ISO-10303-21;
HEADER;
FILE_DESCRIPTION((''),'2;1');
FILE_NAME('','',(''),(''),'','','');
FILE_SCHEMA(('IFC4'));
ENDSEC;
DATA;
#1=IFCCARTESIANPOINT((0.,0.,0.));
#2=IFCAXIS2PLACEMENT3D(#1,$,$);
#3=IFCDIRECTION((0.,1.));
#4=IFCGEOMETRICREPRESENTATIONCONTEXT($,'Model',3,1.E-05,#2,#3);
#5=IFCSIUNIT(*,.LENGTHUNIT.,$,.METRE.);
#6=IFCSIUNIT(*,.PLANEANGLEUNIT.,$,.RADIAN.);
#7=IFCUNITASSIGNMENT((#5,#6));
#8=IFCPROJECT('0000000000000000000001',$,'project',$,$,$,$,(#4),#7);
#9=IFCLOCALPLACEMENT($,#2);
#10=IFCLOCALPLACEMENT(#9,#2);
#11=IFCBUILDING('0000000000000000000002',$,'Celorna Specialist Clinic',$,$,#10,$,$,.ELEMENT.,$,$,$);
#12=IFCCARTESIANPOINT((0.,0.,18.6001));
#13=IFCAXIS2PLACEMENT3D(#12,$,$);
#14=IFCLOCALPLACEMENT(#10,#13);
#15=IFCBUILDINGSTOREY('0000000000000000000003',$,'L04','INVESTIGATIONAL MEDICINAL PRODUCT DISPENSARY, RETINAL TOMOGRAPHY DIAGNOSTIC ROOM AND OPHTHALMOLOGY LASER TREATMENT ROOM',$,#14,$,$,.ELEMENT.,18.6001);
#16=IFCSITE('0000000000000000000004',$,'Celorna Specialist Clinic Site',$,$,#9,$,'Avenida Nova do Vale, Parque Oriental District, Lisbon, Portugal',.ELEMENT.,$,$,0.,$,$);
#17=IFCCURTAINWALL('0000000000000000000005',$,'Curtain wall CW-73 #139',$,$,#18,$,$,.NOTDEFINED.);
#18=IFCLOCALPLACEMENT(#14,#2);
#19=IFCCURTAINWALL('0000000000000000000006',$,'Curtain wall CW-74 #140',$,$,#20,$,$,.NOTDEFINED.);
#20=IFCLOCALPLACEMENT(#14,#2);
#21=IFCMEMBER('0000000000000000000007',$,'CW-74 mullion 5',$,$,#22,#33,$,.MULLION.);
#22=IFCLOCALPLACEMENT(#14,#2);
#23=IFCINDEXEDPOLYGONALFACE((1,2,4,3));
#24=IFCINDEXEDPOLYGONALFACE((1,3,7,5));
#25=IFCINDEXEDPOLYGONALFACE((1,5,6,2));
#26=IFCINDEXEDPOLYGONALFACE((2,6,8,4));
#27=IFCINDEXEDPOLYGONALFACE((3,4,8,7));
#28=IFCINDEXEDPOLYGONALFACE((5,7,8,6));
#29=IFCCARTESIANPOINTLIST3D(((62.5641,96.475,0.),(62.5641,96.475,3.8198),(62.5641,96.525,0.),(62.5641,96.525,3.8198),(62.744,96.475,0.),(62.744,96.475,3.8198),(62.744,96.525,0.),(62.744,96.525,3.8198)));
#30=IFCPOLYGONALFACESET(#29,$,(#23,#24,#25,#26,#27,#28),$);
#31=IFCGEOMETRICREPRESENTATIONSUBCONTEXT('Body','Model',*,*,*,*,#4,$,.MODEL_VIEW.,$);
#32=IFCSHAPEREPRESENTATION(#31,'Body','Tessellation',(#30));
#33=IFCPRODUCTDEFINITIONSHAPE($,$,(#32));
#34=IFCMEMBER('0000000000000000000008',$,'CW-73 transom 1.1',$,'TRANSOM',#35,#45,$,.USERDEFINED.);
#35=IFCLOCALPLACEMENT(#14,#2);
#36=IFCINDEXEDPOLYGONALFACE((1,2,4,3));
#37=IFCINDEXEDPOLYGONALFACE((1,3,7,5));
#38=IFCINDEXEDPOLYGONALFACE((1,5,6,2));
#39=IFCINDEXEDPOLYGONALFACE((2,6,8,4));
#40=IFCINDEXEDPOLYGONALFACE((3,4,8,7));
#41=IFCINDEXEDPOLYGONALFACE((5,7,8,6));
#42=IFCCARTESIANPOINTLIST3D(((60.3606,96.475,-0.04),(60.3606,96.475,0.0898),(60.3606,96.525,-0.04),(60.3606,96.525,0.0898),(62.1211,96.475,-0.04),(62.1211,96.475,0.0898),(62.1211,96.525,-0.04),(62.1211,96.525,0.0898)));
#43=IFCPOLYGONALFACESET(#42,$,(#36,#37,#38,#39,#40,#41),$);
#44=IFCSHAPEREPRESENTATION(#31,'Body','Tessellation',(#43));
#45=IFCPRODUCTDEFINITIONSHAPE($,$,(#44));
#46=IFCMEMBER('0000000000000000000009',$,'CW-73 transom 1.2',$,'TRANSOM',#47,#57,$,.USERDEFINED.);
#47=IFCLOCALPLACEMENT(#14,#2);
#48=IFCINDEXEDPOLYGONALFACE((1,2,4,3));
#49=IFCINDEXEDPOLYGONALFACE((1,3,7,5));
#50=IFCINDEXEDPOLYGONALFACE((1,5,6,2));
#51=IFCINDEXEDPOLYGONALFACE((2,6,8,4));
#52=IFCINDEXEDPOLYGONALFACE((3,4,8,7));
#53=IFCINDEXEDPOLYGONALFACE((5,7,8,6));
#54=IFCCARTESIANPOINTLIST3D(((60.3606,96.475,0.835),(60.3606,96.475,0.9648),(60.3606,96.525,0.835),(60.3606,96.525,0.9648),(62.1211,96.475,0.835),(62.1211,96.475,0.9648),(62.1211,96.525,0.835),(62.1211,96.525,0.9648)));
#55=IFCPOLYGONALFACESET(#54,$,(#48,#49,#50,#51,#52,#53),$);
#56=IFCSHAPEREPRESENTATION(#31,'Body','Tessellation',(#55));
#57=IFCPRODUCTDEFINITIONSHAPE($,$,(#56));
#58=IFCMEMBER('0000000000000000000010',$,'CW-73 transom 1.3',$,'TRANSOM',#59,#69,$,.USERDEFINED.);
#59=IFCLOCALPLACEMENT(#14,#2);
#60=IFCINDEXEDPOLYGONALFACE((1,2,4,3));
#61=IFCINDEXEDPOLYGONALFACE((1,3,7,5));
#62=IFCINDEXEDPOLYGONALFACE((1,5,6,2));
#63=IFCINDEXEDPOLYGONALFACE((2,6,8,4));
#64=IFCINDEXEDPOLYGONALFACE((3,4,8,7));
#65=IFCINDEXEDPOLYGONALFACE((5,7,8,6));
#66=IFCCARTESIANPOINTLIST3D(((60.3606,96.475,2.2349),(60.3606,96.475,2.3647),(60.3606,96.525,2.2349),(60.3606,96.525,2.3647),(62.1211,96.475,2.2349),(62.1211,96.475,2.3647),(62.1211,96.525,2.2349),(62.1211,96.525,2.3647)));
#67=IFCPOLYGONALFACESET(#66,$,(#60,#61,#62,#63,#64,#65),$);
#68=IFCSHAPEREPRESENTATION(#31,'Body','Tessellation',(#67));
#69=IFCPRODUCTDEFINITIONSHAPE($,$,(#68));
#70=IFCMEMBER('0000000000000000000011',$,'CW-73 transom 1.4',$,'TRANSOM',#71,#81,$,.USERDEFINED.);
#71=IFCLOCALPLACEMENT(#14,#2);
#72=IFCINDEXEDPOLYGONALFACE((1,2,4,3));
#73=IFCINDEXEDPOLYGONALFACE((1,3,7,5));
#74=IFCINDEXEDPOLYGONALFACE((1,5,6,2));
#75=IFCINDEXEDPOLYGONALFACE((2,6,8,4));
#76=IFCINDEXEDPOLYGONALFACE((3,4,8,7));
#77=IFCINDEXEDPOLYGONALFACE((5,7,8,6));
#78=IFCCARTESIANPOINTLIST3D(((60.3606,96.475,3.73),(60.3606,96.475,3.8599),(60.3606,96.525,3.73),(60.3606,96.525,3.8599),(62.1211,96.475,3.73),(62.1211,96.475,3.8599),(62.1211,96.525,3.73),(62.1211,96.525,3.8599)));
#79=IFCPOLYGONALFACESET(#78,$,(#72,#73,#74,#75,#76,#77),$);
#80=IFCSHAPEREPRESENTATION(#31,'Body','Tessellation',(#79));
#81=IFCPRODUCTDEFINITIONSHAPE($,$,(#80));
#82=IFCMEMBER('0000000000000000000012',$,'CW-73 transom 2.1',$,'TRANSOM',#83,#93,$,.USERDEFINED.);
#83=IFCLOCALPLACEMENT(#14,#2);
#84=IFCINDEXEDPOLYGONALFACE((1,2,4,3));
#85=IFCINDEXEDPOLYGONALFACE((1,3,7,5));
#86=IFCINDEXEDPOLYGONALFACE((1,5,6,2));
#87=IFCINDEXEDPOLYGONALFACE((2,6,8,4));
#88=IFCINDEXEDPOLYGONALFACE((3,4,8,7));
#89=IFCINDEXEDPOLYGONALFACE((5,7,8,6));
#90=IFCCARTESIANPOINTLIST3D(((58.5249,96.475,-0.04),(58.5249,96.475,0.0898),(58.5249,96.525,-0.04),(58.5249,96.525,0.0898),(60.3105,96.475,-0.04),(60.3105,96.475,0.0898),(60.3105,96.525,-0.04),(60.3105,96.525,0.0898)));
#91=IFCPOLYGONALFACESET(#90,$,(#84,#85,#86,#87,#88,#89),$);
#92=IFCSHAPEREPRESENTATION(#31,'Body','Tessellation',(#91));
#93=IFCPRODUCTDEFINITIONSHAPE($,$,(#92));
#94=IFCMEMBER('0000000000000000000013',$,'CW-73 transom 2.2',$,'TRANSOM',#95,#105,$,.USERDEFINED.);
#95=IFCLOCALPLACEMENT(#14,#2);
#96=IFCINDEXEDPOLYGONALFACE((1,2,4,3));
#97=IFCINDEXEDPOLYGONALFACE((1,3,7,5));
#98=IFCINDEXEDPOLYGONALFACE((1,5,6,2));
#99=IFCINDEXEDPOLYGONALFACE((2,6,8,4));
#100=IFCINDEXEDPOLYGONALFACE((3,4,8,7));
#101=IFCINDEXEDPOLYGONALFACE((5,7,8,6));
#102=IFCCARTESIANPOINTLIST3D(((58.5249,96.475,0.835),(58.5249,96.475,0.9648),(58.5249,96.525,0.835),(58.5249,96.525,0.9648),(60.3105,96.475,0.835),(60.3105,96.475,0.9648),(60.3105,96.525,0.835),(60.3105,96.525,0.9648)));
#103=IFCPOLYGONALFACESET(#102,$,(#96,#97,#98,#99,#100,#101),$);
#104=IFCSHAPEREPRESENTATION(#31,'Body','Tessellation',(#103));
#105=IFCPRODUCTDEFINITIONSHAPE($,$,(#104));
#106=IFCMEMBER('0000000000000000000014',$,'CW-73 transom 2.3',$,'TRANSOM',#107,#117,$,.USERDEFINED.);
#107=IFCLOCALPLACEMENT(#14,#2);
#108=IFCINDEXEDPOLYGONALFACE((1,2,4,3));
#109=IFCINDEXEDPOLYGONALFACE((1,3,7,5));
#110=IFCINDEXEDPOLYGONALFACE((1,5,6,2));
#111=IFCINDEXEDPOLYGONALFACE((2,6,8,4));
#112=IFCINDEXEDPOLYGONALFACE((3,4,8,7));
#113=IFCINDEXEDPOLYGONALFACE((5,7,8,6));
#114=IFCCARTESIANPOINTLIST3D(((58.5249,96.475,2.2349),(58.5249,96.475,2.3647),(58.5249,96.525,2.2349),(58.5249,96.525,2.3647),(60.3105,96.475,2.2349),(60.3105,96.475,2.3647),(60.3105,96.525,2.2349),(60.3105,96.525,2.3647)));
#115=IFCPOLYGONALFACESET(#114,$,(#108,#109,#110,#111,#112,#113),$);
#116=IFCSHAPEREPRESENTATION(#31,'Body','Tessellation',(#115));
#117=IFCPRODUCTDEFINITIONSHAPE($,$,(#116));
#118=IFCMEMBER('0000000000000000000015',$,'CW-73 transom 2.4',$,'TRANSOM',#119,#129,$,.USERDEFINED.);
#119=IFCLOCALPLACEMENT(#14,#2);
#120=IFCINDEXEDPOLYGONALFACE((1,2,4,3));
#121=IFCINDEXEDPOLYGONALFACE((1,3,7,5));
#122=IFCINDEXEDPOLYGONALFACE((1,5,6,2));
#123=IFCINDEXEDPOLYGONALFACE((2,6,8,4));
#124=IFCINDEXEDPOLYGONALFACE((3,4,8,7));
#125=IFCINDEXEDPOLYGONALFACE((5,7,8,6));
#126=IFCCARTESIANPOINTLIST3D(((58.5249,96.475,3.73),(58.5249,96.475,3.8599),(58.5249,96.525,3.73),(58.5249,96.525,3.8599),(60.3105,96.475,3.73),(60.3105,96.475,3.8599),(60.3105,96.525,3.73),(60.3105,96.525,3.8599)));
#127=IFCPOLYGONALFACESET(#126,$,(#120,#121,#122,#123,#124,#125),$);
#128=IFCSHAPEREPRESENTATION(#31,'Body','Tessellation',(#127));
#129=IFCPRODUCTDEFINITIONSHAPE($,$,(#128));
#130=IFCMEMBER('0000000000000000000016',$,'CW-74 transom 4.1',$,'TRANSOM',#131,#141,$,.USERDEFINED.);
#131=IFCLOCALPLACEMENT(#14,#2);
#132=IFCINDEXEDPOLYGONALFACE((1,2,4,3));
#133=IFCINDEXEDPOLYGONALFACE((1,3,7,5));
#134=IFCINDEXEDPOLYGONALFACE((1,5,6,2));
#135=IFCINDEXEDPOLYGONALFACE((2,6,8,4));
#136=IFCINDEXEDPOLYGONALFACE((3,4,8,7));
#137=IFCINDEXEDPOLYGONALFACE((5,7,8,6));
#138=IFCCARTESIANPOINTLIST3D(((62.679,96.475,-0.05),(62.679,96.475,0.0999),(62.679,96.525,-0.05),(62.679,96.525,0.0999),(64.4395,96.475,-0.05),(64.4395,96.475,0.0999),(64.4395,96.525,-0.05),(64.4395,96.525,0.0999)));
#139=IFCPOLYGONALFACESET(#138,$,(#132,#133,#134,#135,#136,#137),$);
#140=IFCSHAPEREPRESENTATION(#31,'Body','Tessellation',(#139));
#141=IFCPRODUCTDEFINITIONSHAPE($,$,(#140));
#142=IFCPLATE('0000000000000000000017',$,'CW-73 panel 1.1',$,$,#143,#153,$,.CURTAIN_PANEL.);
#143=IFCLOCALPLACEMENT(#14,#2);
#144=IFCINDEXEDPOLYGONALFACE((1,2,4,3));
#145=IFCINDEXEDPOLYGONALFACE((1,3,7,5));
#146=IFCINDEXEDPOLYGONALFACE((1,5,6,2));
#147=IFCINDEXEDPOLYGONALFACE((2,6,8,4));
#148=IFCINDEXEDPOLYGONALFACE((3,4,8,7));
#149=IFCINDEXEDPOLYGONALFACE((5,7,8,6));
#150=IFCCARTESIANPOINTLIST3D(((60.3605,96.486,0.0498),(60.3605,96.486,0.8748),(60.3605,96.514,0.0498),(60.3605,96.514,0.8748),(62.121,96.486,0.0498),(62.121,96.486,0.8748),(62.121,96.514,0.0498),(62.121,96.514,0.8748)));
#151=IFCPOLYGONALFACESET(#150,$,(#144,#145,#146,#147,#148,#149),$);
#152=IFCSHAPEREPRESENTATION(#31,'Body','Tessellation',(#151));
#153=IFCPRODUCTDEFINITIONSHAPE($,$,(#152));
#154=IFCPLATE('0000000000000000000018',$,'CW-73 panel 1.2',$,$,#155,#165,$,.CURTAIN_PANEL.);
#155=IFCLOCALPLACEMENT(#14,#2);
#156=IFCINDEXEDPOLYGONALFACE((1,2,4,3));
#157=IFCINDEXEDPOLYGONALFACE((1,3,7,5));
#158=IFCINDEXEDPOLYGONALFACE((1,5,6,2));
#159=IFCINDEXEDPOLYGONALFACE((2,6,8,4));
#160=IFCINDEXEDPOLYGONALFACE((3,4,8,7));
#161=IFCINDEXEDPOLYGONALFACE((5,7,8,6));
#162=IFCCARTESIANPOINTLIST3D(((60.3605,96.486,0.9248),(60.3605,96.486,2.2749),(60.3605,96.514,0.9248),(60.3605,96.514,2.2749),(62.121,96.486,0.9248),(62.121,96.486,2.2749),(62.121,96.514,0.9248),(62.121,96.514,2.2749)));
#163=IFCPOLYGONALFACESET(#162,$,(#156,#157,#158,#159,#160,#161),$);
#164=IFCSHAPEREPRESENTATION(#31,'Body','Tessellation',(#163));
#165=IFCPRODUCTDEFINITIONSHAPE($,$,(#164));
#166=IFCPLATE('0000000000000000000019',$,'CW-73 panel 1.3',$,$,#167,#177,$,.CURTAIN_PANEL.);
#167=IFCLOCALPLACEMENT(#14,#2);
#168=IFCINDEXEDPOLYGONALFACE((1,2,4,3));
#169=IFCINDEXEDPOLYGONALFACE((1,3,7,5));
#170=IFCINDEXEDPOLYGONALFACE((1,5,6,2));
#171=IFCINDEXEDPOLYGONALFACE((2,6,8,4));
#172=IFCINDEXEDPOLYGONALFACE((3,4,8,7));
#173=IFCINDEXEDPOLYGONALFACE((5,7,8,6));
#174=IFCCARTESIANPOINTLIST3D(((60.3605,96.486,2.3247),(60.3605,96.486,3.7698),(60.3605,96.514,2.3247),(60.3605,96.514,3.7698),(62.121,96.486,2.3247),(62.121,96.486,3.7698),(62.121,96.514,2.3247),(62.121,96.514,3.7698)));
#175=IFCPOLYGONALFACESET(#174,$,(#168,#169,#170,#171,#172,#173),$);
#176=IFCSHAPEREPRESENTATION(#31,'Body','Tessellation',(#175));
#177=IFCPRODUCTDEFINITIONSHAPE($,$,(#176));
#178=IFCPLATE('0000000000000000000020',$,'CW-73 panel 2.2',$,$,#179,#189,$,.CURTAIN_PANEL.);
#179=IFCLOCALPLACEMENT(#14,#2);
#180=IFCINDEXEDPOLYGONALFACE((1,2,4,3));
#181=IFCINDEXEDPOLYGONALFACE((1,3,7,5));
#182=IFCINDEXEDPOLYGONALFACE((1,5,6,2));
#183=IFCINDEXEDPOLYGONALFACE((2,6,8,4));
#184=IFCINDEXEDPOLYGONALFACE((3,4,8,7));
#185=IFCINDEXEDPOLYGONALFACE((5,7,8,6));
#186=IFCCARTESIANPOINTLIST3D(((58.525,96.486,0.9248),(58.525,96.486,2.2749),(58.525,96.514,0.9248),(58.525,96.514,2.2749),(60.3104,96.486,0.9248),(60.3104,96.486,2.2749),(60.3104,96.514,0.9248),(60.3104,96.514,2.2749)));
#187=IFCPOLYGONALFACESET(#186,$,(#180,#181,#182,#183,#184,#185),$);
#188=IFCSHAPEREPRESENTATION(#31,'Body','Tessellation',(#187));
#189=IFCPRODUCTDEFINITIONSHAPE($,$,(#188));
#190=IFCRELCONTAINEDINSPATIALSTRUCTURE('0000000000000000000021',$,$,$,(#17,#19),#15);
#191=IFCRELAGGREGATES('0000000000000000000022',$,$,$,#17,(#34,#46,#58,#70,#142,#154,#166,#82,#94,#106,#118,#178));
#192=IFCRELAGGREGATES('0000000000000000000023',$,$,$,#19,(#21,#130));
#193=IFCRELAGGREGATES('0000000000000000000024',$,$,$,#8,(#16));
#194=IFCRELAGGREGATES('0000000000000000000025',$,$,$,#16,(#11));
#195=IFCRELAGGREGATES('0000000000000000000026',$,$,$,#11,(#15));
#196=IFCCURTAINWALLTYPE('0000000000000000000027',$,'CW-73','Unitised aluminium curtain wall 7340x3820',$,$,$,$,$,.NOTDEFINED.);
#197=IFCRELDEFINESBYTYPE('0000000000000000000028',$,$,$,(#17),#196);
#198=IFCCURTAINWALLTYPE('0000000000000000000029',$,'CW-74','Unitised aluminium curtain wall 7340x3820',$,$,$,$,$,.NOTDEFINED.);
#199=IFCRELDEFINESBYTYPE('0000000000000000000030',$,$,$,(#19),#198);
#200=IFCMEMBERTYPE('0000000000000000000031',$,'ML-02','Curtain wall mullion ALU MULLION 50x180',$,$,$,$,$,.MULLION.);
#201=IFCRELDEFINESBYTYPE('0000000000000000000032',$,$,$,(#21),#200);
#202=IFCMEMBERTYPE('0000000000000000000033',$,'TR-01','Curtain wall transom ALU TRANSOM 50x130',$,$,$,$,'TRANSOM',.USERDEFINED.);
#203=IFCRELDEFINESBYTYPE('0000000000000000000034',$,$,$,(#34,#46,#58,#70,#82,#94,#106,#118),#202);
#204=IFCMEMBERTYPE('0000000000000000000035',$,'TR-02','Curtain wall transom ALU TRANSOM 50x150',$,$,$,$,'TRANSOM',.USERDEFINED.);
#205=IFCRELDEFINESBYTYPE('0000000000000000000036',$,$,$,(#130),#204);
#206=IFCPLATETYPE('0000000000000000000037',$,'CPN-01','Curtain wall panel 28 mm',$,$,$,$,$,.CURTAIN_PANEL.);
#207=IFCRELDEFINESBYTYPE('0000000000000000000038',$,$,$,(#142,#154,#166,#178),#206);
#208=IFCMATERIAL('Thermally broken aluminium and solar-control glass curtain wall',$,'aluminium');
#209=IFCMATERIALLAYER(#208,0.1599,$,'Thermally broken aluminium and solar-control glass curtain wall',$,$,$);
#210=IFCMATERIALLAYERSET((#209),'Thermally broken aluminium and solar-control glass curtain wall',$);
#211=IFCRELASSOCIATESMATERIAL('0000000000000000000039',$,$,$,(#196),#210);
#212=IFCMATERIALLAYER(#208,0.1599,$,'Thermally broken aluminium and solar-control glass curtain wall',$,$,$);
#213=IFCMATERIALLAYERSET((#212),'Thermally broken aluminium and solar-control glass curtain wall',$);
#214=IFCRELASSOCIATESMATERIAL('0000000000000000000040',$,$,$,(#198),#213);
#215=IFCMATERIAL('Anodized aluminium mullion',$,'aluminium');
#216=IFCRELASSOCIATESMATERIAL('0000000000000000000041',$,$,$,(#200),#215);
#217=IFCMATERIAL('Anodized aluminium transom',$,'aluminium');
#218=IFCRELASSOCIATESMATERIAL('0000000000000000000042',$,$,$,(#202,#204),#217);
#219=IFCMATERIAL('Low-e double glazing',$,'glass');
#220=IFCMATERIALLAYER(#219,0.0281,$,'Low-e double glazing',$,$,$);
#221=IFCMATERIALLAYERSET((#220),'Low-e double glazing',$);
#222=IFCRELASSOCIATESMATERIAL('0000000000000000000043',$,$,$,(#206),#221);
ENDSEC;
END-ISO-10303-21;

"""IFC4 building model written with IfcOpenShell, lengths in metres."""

from ifc_helpers import new_model, si_unit, direction, frame, origin, origin_2d, place, context, subcontext, project, spatial, rectangle, extrude, material, layer, layer_set, material_profile, profile_set, type_object, element, aggregate, save


model = new_model("IFC4")

# Units and contexts
model_context = context("Model", 3, precision=1e-05, world=origin(), true_north=direction((0.0, 1.0)))
body_context = subcontext(model_context, "Body", "Model", "MODEL_VIEW")
ifc_project = project(units=[si_unit("LENGTHUNIT", "METRE"), si_unit("PLANEANGLEUNIT", "RADIAN")], contexts=[model_context])

# Site, building, storey
site_placement = place(None, origin())
site = spatial("IfcSite", under=ifc_project, at=site_placement, Name="Celorna Specialist Clinic Site", LongName="Avenida Nova do Vale, Parque Oriental District, Lisbon, Portugal", CompositionType="ELEMENT", RefElevation=0.0)
building_placement = place(site_placement, origin())
building = spatial("IfcBuilding", under=site, at=building_placement, Name="Celorna Specialist Clinic", CompositionType="ELEMENT")
storey_placement = place(building_placement, frame((0.0, 0.0, 18.6001)))
storey = spatial("IfcBuildingStorey", under=building, at=storey_placement, Name="L04", Description="INVESTIGATIONAL MEDICINAL PRODUCT DISPENSARY, RETINAL TOMOGRAPHY DIAGNOSTIC ROOM AND OPHTHALMOLOGY LASER TREATMENT ROOM", CompositionType="ELEMENT", Elevation=18.6001)

# Curtain wall
ifc_material_1 = material(Name="Thermally broken aluminium and solar-control glass curtain wall", Category="aluminium")
ifc_layer_1 = layer(ifc_material_1, 0.1599, Name="Thermally broken aluminium and solar-control glass curtain wall")
ifc_layer_set_1 = layer_set([ifc_layer_1], Name="Thermally broken aluminium and solar-control glass curtain wall")
curtain_wall_type_1 = type_object("IfcCurtainWallType", Name="CW-73", Description="Unitised aluminium curtain wall 7340x3820", PredefinedType="NOTDEFINED", material=ifc_layer_set_1)
curtain_wall_1_placement = place(storey_placement, origin())
curtain_wall_1 = element("IfcCurtainWall", 1, at=curtain_wall_1_placement, inside=storey, type_object=curtain_wall_type_1, Name="Curtain wall CW-73 #139", PredefinedType="NOTDEFINED")
ifc_material_2 = material(Name="Anodized aluminium mullion", Category="aluminium")

# Curtain wall, member
ifc_layer_2 = layer(ifc_material_1, 0.1599, Name="Thermally broken aluminium and solar-control glass curtain wall")
ifc_layer_set_2 = layer_set([ifc_layer_2], Name="Thermally broken aluminium and solar-control glass curtain wall")
curtain_wall_type_2 = type_object("IfcCurtainWallType", Name="CW-74", Description="Unitised aluminium curtain wall 7340x3820", PredefinedType="NOTDEFINED", material=ifc_layer_set_2)
curtain_wall_2_placement = place(storey_placement, origin())
curtain_wall_2 = element("IfcCurtainWall", 2, at=curtain_wall_2_placement, inside=storey, type_object=curtain_wall_type_2, Name="Curtain wall CW-74 #140", PredefinedType="NOTDEFINED")
ifc_material_profile_1 = material_profile(ifc_material_2, rectangle(XDim=0.05, YDim=0.1799, at=origin_2d()), Name="ALU MULLION 50x180")
ifc_profile_set_1 = profile_set([ifc_material_profile_1], Name="Anodized aluminium mullion")
member_type_1 = type_object("IfcMemberType", Name="ML-02", Description="Curtain wall mullion ALU MULLION 50x180", PredefinedType="MULLION", material=ifc_profile_set_1)
member_1_placement = place(storey_placement, frame((62.6541, 96.5, 0.0), z_axis=(0.0, 0.0, 1.0), x_axis=(0.0, -1.0, 0.0)))
member_1 = element("IfcMember", 3, at=member_1_placement, type_object=member_type_1, Name="CW-74 mullion 5", PredefinedType="MULLION", context=body_context, shape_type="SweptSolid", body=[
    extrude(rectangle(XDim=0.05, YDim=0.1799, at=origin_2d()), origin(), (0.0, 0.0, 1.0), 3.8198),
])

# Members
ifc_material_3 = material(Name="Anodized aluminium transom", Category="aluminium")
ifc_material_profile_2 = material_profile(ifc_material_3, rectangle(XDim=0.05, YDim=0.1299, at=origin_2d()), Name="ALU TRANSOM 50x130")
ifc_profile_set_2 = profile_set([ifc_material_profile_2], Name="Anodized aluminium transom")
member_type_2 = type_object("IfcMemberType", Name="TR-01", Description="Curtain wall transom ALU TRANSOM 50x130", ElementType="TRANSOM", PredefinedType="USERDEFINED", material=ifc_profile_set_2)
member_2_placement = place(storey_placement, frame((62.1211, 96.5, 0.0249), z_axis=(-1.0, 0.0, 0.0), x_axis=(0.0, -1.0, 0.0)))
member_2 = element("IfcMember", 4, at=member_2_placement, type_object=member_type_2, Name="CW-73 transom 1.1", ObjectType="TRANSOM", PredefinedType="USERDEFINED", context=body_context, shape_type="SweptSolid", body=[
    extrude(rectangle(XDim=0.05, YDim=0.1299, at=origin_2d()), origin(), (0.0, 0.0, 1.0), 1.7605),
])
member_3_placement = place(storey_placement, frame((62.1211, 96.5, 0.8999), z_axis=(-1.0, 0.0, 0.0), x_axis=(0.0, -1.0, 0.0)))
member_3 = element("IfcMember", 5, at=member_3_placement, type_object=member_type_2, Name="CW-73 transom 1.2", ObjectType="TRANSOM", PredefinedType="USERDEFINED", context=body_context, shape_type="SweptSolid", body=[
    extrude(rectangle(XDim=0.05, YDim=0.1299, at=origin_2d()), origin(), (0.0, 0.0, 1.0), 1.7605),
])
member_4_placement = place(storey_placement, frame((62.1211, 96.5, 2.2998), z_axis=(-1.0, 0.0, 0.0), x_axis=(0.0, -1.0, 0.0)))
member_4 = element("IfcMember", 6, at=member_4_placement, type_object=member_type_2, Name="CW-73 transom 1.3", ObjectType="TRANSOM", PredefinedType="USERDEFINED", context=body_context, shape_type="SweptSolid", body=[
    extrude(rectangle(XDim=0.05, YDim=0.1299, at=origin_2d()), origin(), (0.0, 0.0, 1.0), 1.7605),
])
member_5_placement = place(storey_placement, frame((62.1211, 96.5, 3.7949), z_axis=(-1.0, 0.0, 0.0), x_axis=(0.0, -1.0, 0.0)))
member_5 = element("IfcMember", 7, at=member_5_placement, type_object=member_type_2, Name="CW-73 transom 1.4", ObjectType="TRANSOM", PredefinedType="USERDEFINED", context=body_context, shape_type="SweptSolid", body=[
    extrude(rectangle(XDim=0.05, YDim=0.1299, at=origin_2d()), origin(), (0.0, 0.0, 1.0), 1.7605),
])
member_6_placement = place(storey_placement, frame((60.3105, 96.5, 0.0249), z_axis=(-1.0, 0.0, 0.0), x_axis=(0.0, -1.0, 0.0)))
member_6 = element("IfcMember", 8, at=member_6_placement, type_object=member_type_2, Name="CW-73 transom 2.1", ObjectType="TRANSOM", PredefinedType="USERDEFINED", context=body_context, shape_type="SweptSolid", body=[
    extrude(rectangle(XDim=0.05, YDim=0.1299, at=origin_2d()), origin(), (0.0, 0.0, 1.0), 1.7856),
])
member_7_placement = place(storey_placement, frame((60.3105, 96.5, 0.8999), z_axis=(-1.0, 0.0, 0.0), x_axis=(0.0, -1.0, 0.0)))
member_7 = element("IfcMember", 9, at=member_7_placement, type_object=member_type_2, Name="CW-73 transom 2.2", ObjectType="TRANSOM", PredefinedType="USERDEFINED", context=body_context, shape_type="SweptSolid", body=[
    extrude(rectangle(XDim=0.05, YDim=0.1299, at=origin_2d()), origin(), (0.0, 0.0, 1.0), 1.7856),
])
member_8_placement = place(storey_placement, frame((60.3105, 96.5, 2.2998), z_axis=(-1.0, 0.0, 0.0), x_axis=(0.0, -1.0, 0.0)))
member_8 = element("IfcMember", 10, at=member_8_placement, type_object=member_type_2, Name="CW-73 transom 2.3", ObjectType="TRANSOM", PredefinedType="USERDEFINED", context=body_context, shape_type="SweptSolid", body=[
    extrude(rectangle(XDim=0.05, YDim=0.1299, at=origin_2d()), origin(), (0.0, 0.0, 1.0), 1.7856),
])
member_9_placement = place(storey_placement, frame((60.3105, 96.5, 3.7949), z_axis=(-1.0, 0.0, 0.0), x_axis=(0.0, -1.0, 0.0)))
member_9 = element("IfcMember", 11, at=member_9_placement, type_object=member_type_2, Name="CW-73 transom 2.4", ObjectType="TRANSOM", PredefinedType="USERDEFINED", context=body_context, shape_type="SweptSolid", body=[
    extrude(rectangle(XDim=0.05, YDim=0.1299, at=origin_2d()), origin(), (0.0, 0.0, 1.0), 1.7856),
])
ifc_material_profile_3 = material_profile(ifc_material_3, rectangle(XDim=0.05, YDim=0.1499, at=origin_2d()), Name="ALU TRANSOM 50x150")
ifc_profile_set_3 = profile_set([ifc_material_profile_3], Name="Anodized aluminium transom")
member_type_3 = type_object("IfcMemberType", Name="TR-02", Description="Curtain wall transom ALU TRANSOM 50x150", ElementType="TRANSOM", PredefinedType="USERDEFINED", material=ifc_profile_set_3)
member_10_placement = place(storey_placement, frame((64.4395, 96.5, 0.0249), z_axis=(-1.0, 0.0, 0.0), x_axis=(0.0, -1.0, 0.0)))
member_10 = element("IfcMember", 12, at=member_10_placement, type_object=member_type_3, Name="CW-74 transom 4.1", ObjectType="TRANSOM", PredefinedType="USERDEFINED", context=body_context, shape_type="SweptSolid", body=[
    extrude(rectangle(XDim=0.05, YDim=0.1499, at=origin_2d()), origin(), (0.0, 0.0, 1.0), 1.7605),
])

# Plates
ifc_material_4 = material(Name="Low-e double glazing", Category="glass")
ifc_layer_3 = layer(ifc_material_4, 0.0281, Name="Low-e double glazing")
ifc_layer_set_3 = layer_set([ifc_layer_3], Name="Low-e double glazing")
plate_type_1 = type_object("IfcPlateType", Name="CPN-01", Description="Curtain wall panel 28 mm", PredefinedType="CURTAIN_PANEL", material=ifc_layer_set_3)
plate_1_placement = place(storey_placement, frame((61.2407, 96.5, 0.0498), z_axis=(0.0, 0.0, 1.0), x_axis=(-1.0, 0.0, 0.0)))
plate_1 = element("IfcPlate", 13, at=plate_1_placement, type_object=plate_type_1, Name="CW-73 panel 1.1", PredefinedType="CURTAIN_PANEL", context=body_context, shape_type="SweptSolid", body=[
    extrude(rectangle(XDim=1.7605, YDim=0.0281, at=origin_2d()), origin(), (0.0, 0.0, 1.0), 0.825),
])
plate_2_placement = place(storey_placement, frame((61.2407, 96.5, 0.9248), z_axis=(0.0, 0.0, 1.0), x_axis=(-1.0, 0.0, 0.0)))
plate_2 = element("IfcPlate", 14, at=plate_2_placement, type_object=plate_type_1, Name="CW-73 panel 1.2", PredefinedType="CURTAIN_PANEL", context=body_context, shape_type="SweptSolid", body=[
    extrude(rectangle(XDim=1.7605, YDim=0.0281, at=origin_2d()), origin(), (0.0, 0.0, 1.0), 1.3501),
])
plate_3_placement = place(storey_placement, frame((61.2407, 96.5, 2.3247), z_axis=(0.0, 0.0, 1.0), x_axis=(-1.0, 0.0, 0.0)))
plate_3 = element("IfcPlate", 15, at=plate_3_placement, type_object=plate_type_1, Name="CW-73 panel 1.3", PredefinedType="CURTAIN_PANEL", context=body_context, shape_type="SweptSolid", body=[
    extrude(rectangle(XDim=1.7605, YDim=0.0281, at=origin_2d()), origin(), (0.0, 0.0, 1.0), 1.4451),
])
plate_4_placement = place(storey_placement, frame((59.4177, 96.5, 0.9248), z_axis=(0.0, 0.0, 1.0), x_axis=(-1.0, 0.0, 0.0)))
plate_4 = element("IfcPlate", 16, at=plate_4_placement, type_object=plate_type_1, Name="CW-73 panel 2.2", PredefinedType="CURTAIN_PANEL", context=body_context, shape_type="SweptSolid", body=[
    extrude(rectangle(XDim=1.7854, YDim=0.0281, at=origin_2d()), origin(), (0.0, 0.0, 1.0), 1.3501),
])
aggregate(curtain_wall_1, [member_2, member_3, member_4, member_5, plate_1, plate_2, plate_3, member_6, member_7, member_8, member_9, plate_4])
aggregate(curtain_wall_2, [member_1, member_10])

save(model, "model.ifc")
